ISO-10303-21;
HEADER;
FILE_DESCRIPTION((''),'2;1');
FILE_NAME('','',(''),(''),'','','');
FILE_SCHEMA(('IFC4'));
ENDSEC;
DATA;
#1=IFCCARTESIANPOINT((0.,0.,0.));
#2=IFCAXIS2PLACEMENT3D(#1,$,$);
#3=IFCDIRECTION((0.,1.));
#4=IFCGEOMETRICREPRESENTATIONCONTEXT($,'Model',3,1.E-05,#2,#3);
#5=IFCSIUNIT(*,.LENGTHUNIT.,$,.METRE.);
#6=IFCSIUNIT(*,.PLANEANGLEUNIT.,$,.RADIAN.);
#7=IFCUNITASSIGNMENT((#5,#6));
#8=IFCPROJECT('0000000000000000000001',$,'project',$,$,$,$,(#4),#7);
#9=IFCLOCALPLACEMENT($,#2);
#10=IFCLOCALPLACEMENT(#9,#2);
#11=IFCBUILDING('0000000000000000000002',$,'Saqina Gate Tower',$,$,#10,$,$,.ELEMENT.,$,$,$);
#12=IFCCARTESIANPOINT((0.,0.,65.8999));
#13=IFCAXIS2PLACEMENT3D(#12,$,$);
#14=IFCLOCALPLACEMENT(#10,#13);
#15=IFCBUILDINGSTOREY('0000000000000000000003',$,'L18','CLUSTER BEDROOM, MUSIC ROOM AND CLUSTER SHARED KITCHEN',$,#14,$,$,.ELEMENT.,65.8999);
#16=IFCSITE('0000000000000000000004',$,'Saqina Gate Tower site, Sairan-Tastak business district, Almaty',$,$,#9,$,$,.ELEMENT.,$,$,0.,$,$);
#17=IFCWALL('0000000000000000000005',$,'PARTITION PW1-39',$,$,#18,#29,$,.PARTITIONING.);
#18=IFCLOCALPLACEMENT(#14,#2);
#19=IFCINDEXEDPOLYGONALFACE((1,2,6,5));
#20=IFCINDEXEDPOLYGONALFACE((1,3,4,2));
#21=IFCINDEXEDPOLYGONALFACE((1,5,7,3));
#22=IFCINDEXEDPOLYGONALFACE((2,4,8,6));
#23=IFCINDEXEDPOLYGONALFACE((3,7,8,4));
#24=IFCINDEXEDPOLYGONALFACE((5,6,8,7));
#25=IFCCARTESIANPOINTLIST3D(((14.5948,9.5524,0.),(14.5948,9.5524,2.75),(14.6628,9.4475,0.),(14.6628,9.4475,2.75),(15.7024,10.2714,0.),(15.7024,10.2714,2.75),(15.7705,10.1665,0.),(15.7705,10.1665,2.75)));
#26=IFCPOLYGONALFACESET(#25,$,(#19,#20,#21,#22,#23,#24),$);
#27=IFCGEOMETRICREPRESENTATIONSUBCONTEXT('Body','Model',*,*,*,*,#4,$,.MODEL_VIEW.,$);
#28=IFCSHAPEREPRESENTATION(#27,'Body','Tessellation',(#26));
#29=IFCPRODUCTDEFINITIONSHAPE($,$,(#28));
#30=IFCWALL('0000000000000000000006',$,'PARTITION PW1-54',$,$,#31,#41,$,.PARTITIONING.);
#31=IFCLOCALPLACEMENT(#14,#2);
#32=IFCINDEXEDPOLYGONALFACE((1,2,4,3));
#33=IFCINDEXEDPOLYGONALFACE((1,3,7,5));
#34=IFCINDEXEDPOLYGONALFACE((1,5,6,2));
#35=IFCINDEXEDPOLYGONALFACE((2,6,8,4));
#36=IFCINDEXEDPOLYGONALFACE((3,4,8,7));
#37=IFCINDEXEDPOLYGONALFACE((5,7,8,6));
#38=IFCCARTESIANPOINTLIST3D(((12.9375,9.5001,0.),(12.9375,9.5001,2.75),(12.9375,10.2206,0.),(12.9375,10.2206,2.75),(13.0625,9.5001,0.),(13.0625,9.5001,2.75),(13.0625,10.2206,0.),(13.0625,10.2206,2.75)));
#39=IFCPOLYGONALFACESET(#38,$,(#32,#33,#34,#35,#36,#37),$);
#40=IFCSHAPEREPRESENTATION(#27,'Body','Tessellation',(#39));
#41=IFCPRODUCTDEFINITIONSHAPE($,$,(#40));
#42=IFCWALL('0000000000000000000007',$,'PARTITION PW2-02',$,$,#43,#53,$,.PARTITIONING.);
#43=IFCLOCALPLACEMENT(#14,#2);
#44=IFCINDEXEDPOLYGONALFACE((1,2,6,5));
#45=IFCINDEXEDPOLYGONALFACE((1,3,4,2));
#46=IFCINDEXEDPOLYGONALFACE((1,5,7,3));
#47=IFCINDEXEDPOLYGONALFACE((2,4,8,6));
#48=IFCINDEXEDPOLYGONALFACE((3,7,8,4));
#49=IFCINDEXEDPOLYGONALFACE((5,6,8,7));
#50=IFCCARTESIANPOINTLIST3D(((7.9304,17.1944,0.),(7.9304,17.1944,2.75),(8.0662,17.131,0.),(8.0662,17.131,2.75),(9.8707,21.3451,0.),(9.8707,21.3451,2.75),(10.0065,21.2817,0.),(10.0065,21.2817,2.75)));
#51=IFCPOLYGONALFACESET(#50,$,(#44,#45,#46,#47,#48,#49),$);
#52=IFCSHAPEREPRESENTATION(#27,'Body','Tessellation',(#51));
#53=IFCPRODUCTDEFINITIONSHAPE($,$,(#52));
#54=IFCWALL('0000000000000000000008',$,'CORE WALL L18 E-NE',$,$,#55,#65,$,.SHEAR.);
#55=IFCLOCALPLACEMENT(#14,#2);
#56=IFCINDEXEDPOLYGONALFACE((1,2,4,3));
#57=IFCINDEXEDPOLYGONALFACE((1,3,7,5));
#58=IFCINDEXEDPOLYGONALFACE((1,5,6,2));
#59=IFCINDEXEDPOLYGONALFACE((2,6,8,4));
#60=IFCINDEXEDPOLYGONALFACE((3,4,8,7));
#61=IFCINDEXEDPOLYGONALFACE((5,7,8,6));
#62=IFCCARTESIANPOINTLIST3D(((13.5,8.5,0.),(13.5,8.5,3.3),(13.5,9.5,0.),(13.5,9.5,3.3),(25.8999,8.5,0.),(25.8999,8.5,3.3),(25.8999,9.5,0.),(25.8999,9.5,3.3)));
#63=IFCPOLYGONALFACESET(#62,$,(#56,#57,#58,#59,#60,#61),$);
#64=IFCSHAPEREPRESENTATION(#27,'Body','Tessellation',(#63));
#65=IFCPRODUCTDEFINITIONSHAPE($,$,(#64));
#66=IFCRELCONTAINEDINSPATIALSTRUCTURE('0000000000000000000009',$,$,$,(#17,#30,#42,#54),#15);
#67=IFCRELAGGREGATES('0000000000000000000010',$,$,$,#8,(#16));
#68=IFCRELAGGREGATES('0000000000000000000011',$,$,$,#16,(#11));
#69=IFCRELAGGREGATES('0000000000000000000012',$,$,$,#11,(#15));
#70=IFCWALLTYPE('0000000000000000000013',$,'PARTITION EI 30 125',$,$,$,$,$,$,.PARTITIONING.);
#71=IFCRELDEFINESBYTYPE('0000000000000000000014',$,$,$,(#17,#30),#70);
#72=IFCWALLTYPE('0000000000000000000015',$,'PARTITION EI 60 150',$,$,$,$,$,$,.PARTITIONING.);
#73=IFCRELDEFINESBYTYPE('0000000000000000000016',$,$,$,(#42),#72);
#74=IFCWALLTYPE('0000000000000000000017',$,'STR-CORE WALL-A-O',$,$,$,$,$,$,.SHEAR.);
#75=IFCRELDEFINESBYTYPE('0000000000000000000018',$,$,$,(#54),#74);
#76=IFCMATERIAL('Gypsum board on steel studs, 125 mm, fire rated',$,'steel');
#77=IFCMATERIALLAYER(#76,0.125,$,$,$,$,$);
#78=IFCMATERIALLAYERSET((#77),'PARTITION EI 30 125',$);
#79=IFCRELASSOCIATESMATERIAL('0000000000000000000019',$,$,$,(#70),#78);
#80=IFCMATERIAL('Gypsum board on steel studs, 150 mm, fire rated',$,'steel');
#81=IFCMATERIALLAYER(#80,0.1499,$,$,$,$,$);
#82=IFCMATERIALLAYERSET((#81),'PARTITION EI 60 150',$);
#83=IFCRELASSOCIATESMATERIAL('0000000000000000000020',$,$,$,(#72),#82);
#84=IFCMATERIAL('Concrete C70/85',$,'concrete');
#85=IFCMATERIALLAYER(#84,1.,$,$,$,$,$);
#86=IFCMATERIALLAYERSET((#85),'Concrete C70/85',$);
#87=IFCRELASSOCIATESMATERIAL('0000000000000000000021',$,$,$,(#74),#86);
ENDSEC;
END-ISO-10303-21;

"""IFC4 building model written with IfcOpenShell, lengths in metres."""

from ifc_helpers import new_model, si_unit, direction, frame, frame_2d, origin, place, context, subcontext, project, spatial, rectangle, extrude, material, layer, layer_set, type_object, element, save


model = new_model("IFC4")

# Units and contexts
model_context = context("Model", 3, precision=1e-05, world=origin(), true_north=direction((0.0, 1.0)))
body_context = subcontext(model_context, "Body", "Model", "MODEL_VIEW")
ifc_project = project(units=[si_unit("LENGTHUNIT", "METRE"), si_unit("PLANEANGLEUNIT", "RADIAN")], contexts=[model_context])

# Site, building, storey
site_placement = place(None, origin())
site = spatial("IfcSite", under=ifc_project, at=site_placement, Name="Saqina Gate Tower site, Sairan-Tastak business district, Almaty", CompositionType="ELEMENT", RefElevation=0.0)
building_placement = place(site_placement, origin())
building = spatial("IfcBuilding", under=site, at=building_placement, Name="Saqina Gate Tower", CompositionType="ELEMENT")
storey_placement = place(building_placement, frame((0.0, 0.0, 65.8999)))
storey = spatial("IfcBuildingStorey", under=building, at=storey_placement, Name="L18", Description="CLUSTER BEDROOM, MUSIC ROOM AND CLUSTER SHARED KITCHEN", CompositionType="ELEMENT", Elevation=65.8999)

# Shared definitions
ifc_material_1 = material(Name="Gypsum board on steel studs, 125 mm, fire rated", Category="steel")
ifc_layer_1 = layer(ifc_material_1, 0.125)
ifc_layer_set_1 = layer_set([ifc_layer_1], Name="PARTITION EI 30 125")
wall_type_1 = type_object("IfcWallType", Name="PARTITION EI 30 125", PredefinedType="PARTITIONING", material=ifc_layer_set_1)

# Walls
wall_1_placement = place(storey_placement, frame((14.6289, 9.5, 0.0), z_axis=(0.0, 0.0, 1.0), x_axis=(0.838786, 0.544462, 0.0)))
element("IfcWall", 1, at=wall_1_placement, inside=storey, type_object=wall_type_1, Name="PARTITION PW1-39", PredefinedType="PARTITIONING", context=body_context, shape_type="SweptSolid", body=[
    extrude(rectangle(XDim=1.3206, YDim=0.125, at=frame_2d((0.6602, 0.0))), origin(), (0.0, 0.0, 1.0), 2.75),
])
wall_2_placement = place(storey_placement, frame((13.0, 9.5, 0.0), z_axis=(0.0, 0.0, 1.0), x_axis=(0.0, 1.0, 0.0)))
element("IfcWall", 2, at=wall_2_placement, inside=storey, type_object=wall_type_1, Name="PARTITION PW1-54", PredefinedType="PARTITIONING", context=body_context, shape_type="SweptSolid", body=[
    extrude(rectangle(XDim=0.7205, YDim=0.125, at=frame_2d((0.3604, 0.0))), origin(), (0.0, 0.0, 1.0), 2.75),
])
ifc_material_2 = material(Name="Gypsum board on steel studs, 150 mm, fire rated", Category="steel")
ifc_layer_2 = layer(ifc_material_2, 0.1499)
ifc_layer_set_2 = layer_set([ifc_layer_2], Name="PARTITION EI 60 150")
wall_type_2 = type_object("IfcWallType", Name="PARTITION EI 60 150", PredefinedType="PARTITIONING", material=ifc_layer_set_2)
wall_3_placement = place(storey_placement, frame((7.9983, 17.1626, 0.0), z_axis=(0.0, 0.0, 1.0), x_axis=(0.423463, 0.905913, 0.0)))
element("IfcWall", 3, at=wall_3_placement, inside=storey, type_object=wall_type_2, Name="PARTITION PW2-02", PredefinedType="PARTITIONING", context=body_context, shape_type="SweptSolid", body=[
    extrude(rectangle(XDim=4.5818, YDim=0.1499, at=frame_2d((2.291, 0.0))), origin(), (0.0, 0.0, 1.0), 2.75),
])
ifc_material_3 = material(Name="Concrete C70/85", Category="concrete")
ifc_layer_3 = layer(ifc_material_3, 1.0)
ifc_layer_set_3 = layer_set([ifc_layer_3], Name="Concrete C70/85")
wall_type_3 = type_object("IfcWallType", Name="STR-CORE WALL-A-O", PredefinedType="SHEAR", material=ifc_layer_set_3)
wall_4_placement = place(storey_placement, frame((13.5, 9.0, 0.0), z_axis=(0.0, 0.0, 1.0), x_axis=(1.0, 0.0, 0.0)))
element("IfcWall", 4, at=wall_4_placement, inside=storey, type_object=wall_type_3, Name="CORE WALL L18 E-NE", PredefinedType="SHEAR", context=body_context, shape_type="SweptSolid", body=[
    extrude(rectangle(XDim=12.3999, YDim=1.0, at=frame_2d((6.2, 0.0))), origin(), (0.0, 0.0, 1.0), 3.3),
])

save(model, "model.ifc")
